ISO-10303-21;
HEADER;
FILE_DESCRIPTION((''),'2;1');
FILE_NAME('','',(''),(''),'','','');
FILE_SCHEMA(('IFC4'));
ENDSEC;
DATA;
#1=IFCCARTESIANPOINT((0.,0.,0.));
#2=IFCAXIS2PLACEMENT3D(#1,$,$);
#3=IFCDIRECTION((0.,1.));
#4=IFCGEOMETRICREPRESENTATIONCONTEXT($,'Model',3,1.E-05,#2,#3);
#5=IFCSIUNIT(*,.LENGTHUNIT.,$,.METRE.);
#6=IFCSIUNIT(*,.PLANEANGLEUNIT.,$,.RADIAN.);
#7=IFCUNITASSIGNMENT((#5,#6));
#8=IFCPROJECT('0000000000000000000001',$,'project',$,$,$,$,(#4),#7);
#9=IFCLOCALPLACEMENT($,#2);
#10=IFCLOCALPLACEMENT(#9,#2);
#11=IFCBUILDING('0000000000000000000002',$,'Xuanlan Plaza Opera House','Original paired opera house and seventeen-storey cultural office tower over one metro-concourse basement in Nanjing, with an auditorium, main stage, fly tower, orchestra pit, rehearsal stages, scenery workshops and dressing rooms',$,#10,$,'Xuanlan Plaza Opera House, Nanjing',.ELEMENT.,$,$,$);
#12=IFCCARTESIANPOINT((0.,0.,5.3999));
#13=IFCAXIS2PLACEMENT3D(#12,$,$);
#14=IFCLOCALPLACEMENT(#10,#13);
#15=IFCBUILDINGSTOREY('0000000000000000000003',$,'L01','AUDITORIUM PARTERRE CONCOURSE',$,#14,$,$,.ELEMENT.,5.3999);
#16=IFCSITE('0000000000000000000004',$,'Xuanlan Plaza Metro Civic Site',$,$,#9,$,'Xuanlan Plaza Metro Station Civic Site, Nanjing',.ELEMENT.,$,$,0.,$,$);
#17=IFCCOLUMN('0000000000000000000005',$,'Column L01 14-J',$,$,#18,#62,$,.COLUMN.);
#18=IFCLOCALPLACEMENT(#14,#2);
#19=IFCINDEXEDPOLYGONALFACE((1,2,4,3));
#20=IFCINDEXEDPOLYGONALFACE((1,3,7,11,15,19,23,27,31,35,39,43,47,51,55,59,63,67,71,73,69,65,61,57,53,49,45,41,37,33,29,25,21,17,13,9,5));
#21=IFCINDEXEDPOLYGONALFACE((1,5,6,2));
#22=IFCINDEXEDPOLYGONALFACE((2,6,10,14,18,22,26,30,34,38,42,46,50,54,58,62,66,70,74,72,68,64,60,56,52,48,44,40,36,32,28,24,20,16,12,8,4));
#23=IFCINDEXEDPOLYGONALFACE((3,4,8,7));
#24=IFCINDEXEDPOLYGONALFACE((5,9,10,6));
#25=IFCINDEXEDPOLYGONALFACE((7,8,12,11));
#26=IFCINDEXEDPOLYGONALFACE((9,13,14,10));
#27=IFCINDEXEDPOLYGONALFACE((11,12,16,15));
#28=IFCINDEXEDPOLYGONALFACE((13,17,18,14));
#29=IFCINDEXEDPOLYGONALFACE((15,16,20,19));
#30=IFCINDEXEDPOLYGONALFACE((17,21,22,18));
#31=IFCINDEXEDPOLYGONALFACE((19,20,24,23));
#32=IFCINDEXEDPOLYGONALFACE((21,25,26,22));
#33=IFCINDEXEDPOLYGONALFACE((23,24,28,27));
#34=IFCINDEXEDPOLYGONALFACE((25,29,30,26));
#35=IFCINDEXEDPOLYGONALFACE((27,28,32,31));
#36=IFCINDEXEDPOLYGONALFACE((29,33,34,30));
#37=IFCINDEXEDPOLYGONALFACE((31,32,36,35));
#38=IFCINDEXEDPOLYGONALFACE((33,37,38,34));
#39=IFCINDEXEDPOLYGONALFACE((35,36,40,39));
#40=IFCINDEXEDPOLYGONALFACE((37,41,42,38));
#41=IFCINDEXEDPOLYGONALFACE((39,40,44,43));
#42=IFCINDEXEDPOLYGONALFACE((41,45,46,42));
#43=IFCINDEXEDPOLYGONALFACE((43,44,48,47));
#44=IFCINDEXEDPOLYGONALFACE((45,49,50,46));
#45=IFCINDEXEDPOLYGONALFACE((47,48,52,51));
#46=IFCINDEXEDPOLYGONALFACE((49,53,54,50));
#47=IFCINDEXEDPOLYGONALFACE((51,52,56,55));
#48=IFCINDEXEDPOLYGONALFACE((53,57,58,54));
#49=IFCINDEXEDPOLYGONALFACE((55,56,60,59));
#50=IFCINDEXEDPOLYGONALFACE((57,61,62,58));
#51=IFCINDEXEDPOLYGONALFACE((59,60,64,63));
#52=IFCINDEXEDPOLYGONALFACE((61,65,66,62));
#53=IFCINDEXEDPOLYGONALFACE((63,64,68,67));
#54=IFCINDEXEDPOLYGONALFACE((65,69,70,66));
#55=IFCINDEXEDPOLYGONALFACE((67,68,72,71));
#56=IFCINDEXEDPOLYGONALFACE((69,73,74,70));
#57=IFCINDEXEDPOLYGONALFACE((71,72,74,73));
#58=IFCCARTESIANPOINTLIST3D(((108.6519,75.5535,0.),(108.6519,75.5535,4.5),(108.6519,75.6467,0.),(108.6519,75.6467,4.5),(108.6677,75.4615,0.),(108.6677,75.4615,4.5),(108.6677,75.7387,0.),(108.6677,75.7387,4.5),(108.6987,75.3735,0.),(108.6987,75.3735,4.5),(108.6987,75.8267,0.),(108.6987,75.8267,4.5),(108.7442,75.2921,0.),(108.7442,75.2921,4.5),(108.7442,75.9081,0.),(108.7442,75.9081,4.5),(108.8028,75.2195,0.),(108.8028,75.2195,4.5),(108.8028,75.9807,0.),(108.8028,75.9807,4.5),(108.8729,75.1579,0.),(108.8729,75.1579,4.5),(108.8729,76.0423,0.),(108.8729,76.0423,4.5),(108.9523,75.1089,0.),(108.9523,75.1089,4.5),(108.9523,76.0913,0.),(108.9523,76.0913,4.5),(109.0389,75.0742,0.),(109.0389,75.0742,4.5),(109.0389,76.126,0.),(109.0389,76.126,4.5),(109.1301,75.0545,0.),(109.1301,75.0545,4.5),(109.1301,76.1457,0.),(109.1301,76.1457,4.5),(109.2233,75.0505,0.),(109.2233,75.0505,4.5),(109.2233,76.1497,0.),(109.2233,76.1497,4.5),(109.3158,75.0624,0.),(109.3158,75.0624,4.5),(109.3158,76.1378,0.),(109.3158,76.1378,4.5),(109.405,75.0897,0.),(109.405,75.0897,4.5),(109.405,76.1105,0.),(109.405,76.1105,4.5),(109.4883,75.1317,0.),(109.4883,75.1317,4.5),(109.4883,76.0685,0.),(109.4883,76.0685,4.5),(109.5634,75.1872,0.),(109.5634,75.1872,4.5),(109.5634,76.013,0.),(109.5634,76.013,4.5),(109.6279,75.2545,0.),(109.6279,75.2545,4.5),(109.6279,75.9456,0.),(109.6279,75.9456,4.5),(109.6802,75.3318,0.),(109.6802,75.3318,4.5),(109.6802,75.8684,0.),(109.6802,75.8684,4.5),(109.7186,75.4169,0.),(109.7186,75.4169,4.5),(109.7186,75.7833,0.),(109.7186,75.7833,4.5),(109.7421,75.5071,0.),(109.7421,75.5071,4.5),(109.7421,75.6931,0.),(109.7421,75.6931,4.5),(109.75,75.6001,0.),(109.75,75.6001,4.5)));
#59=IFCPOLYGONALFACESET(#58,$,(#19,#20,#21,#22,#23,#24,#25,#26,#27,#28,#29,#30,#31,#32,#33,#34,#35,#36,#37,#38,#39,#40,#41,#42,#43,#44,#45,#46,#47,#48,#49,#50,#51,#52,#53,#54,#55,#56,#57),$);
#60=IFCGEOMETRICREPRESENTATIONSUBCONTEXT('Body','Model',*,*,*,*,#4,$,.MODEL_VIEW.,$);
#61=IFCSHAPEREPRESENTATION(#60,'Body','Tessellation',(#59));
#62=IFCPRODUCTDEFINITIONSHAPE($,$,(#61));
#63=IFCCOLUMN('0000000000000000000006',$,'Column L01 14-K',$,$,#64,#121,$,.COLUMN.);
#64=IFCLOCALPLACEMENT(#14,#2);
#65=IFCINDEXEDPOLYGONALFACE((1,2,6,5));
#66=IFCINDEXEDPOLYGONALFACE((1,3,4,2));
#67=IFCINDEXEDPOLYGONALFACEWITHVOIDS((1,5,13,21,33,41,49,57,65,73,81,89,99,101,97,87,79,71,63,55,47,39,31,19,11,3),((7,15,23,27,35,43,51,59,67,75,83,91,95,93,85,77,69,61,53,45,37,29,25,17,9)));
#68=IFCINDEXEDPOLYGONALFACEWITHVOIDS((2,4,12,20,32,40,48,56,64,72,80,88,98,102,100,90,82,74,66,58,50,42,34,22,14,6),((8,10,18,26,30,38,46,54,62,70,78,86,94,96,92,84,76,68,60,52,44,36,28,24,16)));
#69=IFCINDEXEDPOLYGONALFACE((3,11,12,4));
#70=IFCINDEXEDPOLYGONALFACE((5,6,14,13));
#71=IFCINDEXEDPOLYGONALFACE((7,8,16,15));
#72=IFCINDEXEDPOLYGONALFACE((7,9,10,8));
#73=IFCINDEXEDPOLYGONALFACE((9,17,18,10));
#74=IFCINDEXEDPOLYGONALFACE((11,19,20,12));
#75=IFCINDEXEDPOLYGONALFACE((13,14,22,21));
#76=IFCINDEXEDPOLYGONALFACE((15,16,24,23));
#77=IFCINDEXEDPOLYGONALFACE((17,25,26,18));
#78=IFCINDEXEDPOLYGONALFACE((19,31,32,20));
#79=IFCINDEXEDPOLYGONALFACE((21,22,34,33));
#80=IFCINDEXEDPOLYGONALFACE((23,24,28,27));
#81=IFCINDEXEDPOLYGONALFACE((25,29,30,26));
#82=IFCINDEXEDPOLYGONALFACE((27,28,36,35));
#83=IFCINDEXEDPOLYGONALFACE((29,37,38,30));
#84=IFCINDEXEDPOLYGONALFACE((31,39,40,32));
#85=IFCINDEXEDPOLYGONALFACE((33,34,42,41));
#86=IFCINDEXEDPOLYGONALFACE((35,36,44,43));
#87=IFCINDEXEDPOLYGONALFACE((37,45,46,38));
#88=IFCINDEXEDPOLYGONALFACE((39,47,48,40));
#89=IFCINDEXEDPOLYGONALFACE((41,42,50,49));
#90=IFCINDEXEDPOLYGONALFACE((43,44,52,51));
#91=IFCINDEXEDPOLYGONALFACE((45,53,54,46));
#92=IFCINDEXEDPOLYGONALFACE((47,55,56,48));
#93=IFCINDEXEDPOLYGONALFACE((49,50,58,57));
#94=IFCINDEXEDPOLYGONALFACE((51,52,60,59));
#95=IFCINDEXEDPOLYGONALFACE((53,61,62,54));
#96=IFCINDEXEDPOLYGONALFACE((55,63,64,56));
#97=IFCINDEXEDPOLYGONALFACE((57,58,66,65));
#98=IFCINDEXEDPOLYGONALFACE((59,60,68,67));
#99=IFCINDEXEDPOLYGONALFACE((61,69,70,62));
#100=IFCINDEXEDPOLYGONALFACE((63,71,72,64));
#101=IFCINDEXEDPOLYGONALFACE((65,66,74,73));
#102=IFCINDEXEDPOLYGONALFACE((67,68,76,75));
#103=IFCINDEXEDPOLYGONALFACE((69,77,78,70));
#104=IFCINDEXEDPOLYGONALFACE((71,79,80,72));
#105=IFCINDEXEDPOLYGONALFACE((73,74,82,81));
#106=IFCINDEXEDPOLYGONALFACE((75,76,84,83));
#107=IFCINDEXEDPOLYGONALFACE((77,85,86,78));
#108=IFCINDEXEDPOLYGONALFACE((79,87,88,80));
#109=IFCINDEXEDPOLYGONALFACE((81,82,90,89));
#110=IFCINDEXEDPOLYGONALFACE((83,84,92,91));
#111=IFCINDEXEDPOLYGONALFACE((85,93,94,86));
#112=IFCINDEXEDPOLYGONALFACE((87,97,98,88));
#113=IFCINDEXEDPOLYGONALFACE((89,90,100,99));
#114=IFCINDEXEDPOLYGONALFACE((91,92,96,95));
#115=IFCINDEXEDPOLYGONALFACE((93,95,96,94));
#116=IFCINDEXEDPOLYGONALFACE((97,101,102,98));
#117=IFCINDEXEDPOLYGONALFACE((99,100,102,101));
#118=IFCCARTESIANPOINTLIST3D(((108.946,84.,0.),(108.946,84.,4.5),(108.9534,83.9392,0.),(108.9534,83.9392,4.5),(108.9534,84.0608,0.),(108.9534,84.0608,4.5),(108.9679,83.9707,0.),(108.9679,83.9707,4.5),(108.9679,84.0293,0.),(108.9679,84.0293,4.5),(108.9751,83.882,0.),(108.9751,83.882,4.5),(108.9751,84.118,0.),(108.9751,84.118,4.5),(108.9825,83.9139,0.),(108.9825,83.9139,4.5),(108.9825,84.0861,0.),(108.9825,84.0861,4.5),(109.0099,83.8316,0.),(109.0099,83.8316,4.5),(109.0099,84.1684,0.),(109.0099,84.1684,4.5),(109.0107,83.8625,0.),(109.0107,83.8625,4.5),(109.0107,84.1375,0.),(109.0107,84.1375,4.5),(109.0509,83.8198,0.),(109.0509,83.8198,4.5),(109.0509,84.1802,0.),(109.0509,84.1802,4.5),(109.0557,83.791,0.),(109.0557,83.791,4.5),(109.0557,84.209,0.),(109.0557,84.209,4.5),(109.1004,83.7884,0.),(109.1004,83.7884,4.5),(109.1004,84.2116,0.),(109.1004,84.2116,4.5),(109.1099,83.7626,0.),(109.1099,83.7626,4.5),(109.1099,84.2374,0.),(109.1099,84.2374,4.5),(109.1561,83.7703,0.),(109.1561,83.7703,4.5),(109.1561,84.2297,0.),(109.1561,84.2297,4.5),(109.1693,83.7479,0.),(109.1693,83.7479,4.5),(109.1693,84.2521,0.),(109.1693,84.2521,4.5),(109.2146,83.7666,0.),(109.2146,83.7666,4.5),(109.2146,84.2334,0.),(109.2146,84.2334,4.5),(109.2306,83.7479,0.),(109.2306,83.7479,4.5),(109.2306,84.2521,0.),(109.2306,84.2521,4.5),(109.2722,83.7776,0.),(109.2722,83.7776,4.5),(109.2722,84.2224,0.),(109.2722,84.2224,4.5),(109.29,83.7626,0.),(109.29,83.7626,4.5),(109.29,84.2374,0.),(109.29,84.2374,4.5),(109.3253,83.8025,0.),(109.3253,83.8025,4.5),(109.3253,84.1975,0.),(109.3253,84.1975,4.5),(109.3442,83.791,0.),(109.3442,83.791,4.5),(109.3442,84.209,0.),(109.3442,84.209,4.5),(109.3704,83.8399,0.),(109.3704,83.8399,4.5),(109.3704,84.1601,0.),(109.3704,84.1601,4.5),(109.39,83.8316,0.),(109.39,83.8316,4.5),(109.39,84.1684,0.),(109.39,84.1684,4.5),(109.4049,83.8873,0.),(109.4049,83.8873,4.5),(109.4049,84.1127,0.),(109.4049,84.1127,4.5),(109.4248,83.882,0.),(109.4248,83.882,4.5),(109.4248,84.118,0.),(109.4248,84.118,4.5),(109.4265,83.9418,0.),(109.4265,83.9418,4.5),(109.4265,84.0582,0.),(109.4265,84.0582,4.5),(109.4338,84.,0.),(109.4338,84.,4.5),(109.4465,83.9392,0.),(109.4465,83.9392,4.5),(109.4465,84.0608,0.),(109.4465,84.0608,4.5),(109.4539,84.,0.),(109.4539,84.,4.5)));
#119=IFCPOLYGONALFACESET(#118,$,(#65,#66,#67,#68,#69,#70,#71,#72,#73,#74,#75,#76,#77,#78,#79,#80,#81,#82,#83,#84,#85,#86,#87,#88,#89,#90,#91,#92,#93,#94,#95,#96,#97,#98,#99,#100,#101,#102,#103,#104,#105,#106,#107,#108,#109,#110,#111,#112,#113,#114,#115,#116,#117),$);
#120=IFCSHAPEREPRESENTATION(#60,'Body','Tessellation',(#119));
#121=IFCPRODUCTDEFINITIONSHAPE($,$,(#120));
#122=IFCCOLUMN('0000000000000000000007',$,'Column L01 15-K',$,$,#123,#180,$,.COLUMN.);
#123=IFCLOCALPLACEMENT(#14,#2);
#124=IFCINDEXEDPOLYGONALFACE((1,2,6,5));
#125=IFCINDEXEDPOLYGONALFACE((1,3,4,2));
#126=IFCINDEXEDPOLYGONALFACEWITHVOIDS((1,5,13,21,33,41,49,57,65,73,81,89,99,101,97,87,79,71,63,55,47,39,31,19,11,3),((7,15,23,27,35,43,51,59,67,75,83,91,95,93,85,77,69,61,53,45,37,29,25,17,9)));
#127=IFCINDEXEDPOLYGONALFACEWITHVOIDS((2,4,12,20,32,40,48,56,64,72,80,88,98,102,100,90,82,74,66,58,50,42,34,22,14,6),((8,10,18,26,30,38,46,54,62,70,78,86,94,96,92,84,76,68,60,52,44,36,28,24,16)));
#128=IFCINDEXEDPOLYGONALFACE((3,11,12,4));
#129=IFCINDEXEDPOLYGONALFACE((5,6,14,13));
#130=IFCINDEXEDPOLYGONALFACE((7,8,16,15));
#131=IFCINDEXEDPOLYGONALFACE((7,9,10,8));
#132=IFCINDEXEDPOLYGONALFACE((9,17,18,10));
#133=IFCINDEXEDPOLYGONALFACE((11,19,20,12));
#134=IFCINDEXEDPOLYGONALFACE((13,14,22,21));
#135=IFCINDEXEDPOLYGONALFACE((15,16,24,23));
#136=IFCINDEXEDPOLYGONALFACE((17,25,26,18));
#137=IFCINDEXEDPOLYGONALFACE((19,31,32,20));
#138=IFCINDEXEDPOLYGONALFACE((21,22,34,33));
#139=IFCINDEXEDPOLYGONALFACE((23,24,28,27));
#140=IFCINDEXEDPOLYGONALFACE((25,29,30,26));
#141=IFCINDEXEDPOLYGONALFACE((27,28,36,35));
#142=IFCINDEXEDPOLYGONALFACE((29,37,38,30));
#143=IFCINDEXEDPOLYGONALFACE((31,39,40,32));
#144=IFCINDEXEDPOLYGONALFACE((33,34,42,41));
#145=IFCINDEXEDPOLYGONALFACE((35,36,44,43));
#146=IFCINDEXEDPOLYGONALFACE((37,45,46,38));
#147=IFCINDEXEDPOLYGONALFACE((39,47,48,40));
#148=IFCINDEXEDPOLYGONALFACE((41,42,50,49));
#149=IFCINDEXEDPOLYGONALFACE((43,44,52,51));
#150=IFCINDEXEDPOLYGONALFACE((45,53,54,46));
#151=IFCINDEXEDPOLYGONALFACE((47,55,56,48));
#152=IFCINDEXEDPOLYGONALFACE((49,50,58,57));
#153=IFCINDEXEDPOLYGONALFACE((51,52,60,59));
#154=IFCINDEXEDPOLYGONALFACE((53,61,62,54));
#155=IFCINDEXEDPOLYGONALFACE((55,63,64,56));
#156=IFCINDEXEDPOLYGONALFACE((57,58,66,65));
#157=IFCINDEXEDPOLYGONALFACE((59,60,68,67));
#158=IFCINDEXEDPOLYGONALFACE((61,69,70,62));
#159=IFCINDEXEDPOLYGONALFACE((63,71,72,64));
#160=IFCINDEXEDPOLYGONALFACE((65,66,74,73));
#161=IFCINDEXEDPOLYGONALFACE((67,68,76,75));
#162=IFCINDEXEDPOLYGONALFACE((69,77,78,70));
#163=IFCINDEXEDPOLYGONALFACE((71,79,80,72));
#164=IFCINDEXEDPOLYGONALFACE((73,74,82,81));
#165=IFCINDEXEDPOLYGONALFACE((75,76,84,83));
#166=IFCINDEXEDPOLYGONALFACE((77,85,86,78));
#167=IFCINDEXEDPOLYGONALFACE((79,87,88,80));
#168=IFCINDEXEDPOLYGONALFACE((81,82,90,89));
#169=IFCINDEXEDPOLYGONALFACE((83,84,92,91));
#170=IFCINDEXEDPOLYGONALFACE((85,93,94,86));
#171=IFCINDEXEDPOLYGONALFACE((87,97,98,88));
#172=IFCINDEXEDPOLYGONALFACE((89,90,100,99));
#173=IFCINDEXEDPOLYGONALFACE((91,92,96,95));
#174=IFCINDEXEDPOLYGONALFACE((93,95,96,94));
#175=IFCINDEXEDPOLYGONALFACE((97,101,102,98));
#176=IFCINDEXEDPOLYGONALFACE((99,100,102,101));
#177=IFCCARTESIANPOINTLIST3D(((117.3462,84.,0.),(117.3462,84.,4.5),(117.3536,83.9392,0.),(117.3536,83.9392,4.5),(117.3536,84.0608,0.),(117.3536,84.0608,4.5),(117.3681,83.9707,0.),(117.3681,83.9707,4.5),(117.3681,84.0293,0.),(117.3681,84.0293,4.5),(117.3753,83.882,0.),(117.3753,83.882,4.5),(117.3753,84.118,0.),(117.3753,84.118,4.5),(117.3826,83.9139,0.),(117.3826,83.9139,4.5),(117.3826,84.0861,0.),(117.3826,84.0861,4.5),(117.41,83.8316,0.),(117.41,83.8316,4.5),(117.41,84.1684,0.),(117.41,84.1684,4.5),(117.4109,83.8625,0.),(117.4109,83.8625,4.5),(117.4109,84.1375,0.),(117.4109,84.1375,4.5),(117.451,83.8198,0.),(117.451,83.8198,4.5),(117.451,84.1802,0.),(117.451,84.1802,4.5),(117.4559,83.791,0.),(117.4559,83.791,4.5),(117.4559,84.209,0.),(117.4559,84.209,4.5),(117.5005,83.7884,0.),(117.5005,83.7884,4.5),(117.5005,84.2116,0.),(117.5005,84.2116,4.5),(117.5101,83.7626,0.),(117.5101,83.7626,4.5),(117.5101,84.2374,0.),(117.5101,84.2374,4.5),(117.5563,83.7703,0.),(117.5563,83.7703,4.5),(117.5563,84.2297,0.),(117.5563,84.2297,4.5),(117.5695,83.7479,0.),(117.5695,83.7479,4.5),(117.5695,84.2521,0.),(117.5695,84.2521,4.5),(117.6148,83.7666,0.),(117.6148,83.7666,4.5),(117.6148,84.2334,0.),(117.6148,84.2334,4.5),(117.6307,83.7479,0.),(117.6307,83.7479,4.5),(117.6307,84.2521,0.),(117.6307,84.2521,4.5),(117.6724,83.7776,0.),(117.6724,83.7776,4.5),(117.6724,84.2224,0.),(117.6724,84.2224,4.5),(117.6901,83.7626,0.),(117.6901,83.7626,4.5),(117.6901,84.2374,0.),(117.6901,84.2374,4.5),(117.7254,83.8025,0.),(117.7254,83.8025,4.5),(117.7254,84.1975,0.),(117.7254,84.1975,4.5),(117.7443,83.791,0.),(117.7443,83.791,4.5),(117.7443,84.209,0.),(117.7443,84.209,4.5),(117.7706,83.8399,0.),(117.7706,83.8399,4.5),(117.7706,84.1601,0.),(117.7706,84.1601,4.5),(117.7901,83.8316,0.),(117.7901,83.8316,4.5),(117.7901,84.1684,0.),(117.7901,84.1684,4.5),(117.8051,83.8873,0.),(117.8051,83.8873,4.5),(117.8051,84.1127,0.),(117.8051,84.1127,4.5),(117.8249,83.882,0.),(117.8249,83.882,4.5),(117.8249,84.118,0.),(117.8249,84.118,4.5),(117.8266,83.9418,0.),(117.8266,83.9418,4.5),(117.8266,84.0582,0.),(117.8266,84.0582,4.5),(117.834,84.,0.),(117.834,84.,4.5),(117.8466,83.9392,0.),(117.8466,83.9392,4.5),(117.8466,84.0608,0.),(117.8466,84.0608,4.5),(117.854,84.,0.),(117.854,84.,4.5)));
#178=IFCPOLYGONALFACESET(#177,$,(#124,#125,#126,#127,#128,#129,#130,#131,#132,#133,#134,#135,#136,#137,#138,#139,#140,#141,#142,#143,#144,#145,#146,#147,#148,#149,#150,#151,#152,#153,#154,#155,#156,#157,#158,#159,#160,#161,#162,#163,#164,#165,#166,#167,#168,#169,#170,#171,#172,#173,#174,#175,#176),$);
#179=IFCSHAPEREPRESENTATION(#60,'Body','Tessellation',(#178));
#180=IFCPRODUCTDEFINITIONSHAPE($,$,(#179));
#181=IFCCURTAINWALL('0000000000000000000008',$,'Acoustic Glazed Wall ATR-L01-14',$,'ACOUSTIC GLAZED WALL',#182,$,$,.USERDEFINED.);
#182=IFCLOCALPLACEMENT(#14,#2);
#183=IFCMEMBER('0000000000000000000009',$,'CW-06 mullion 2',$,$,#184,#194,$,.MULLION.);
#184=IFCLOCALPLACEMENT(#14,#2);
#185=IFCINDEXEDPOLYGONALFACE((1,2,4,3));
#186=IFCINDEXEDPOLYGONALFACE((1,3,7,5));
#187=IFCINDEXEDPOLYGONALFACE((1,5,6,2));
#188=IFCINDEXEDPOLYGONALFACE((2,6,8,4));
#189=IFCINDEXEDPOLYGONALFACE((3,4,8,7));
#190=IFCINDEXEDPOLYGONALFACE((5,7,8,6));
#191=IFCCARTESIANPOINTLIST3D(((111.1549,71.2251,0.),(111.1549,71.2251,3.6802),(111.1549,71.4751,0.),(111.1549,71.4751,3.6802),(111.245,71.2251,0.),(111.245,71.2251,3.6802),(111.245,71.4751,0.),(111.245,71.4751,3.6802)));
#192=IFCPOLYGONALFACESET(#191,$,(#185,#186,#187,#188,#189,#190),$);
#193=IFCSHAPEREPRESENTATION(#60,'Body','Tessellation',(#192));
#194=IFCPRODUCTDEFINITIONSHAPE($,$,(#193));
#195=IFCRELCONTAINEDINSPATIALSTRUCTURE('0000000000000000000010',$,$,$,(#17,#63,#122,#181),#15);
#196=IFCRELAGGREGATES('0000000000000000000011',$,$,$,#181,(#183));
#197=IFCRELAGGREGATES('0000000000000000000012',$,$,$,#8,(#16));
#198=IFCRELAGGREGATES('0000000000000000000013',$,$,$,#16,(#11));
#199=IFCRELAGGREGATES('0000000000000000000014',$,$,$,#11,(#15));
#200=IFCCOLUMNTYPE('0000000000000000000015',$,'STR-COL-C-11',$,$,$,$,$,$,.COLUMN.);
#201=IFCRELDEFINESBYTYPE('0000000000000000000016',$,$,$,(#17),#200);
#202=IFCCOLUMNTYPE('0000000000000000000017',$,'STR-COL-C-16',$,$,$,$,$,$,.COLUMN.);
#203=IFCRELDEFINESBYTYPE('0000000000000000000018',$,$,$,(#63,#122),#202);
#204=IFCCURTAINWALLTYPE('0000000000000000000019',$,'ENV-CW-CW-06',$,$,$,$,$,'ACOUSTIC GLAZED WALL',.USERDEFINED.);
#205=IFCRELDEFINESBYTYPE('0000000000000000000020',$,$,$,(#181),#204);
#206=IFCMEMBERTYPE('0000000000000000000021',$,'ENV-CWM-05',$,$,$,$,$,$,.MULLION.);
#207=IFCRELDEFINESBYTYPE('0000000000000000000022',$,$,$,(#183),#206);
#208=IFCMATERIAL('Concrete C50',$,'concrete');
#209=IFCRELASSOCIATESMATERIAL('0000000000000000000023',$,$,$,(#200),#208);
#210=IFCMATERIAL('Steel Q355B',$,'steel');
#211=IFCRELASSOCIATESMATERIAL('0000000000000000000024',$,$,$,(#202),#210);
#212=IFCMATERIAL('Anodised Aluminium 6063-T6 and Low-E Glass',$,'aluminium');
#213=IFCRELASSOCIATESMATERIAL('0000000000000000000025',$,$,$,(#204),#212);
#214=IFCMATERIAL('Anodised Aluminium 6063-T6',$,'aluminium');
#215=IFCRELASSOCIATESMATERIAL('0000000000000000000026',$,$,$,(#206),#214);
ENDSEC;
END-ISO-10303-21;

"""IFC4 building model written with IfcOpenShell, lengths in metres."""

from ifc_helpers import new_model, si_unit, direction, frame, origin, origin_2d, place, context, subcontext, project, spatial, rectangle, circle, hollow_circle, extrude, material, material_profile, profile_set, type_object, element, aggregate, save


model = new_model("IFC4")

# Units and contexts
model_context = context("Model", 3, precision=1e-05, world=origin(), true_north=direction((0.0, 1.0)))
body_context = subcontext(model_context, "Body", "Model", "MODEL_VIEW")
ifc_project = project(units=[si_unit("LENGTHUNIT", "METRE"), si_unit("PLANEANGLEUNIT", "RADIAN")], contexts=[model_context])

# Site, building, storey
site_placement = place(None, origin())
site = spatial("IfcSite", under=ifc_project, at=site_placement, Name="Xuanlan Plaza Metro Civic Site", LongName="Xuanlan Plaza Metro Station Civic Site, Nanjing", CompositionType="ELEMENT", RefElevation=0.0)
building_placement = place(site_placement, origin())
building = spatial("IfcBuilding", under=site, at=building_placement, Name="Xuanlan Plaza Opera House", Description="Original paired opera house and seventeen-storey cultural office tower over one metro-concourse basement in Nanjing, with an auditorium, main stage, fly tower, orchestra pit, rehearsal stages, scenery workshops and dressing rooms", LongName="Xuanlan Plaza Opera House, Nanjing", CompositionType="ELEMENT")
storey_placement = place(building_placement, frame((0.0, 0.0, 5.3999)))
storey = spatial("IfcBuildingStorey", under=building, at=storey_placement, Name="L01", Description="AUDITORIUM PARTERRE CONCOURSE", CompositionType="ELEMENT", Elevation=5.3999)

# Columns
ifc_material_1 = material(Name="Concrete C50", Category="concrete")
ifc_material_profile_1 = material_profile(ifc_material_1, circle(Radius=0.55, at=origin_2d()), Name="RC-COL D1100")
ifc_profile_set_1 = profile_set([ifc_material_profile_1], Name="Concrete C50")
column_type_1 = type_object("IfcColumnType", Name="STR-COL-C-11", PredefinedType="COLUMN", material=ifc_profile_set_1)
column_placement = place(storey_placement, frame((109.2, 75.6001, 0.0), z_axis=(0.0, 0.0, 1.0), x_axis=(1.0, 0.0, 0.0)))
element("IfcColumn", 1, at=column_placement, inside=storey, type_object=column_type_1, Name="Column L01 14-J", PredefinedType="COLUMN", context=body_context, shape_type="SweptSolid", body=[
    extrude(circle(Radius=0.55, at=origin_2d()), origin(), (0.0, 0.0, 1.0), 4.5),
])
ifc_material_2 = material(Name="Steel Q355B", Category="steel")
ifc_material_profile_2 = material_profile(ifc_material_2, hollow_circle(Radius=0.2539, WallThickness=0.02, at=origin_2d()), Name="CHS 508x20")
ifc_profile_set_2 = profile_set([ifc_material_profile_2], Name="Steel Q355B")
column_type_2 = type_object("IfcColumnType", Name="STR-COL-C-16", PredefinedType="COLUMN", material=ifc_profile_set_2)
for number, where, z_axis, x_axis, name in (
    (2, (109.2, 84.0, 0.0), (0.0, 0.0, 1.0), (1.0, 0.0, 0.0), "Column L01 14-K"),
    (3, (117.6001, 84.0, 0.0), (0.0, 0.0, 1.0), (1.0, 0.0, 0.0), "Column L01 15-K"),
):
    element("IfcColumn", number, at=place(storey_placement, frame(where, z_axis=z_axis, x_axis=x_axis)), inside=storey, type_object=column_type_2, Name=name, PredefinedType="COLUMN", context=body_context, shape_type="SweptSolid", body=[
        extrude(hollow_circle(Radius=0.2539, WallThickness=0.02, at=origin_2d()), origin(), (0.0, 0.0, 1.0), 4.5),
    ])

# Curtain wall, member
ifc_material_3 = material(Name="Anodised Aluminium 6063-T6 and Low-E Glass", Category="aluminium")
curtain_wall_type = type_object("IfcCurtainWallType", Name="ENV-CW-CW-06", ElementType="ACOUSTIC GLAZED WALL", PredefinedType="USERDEFINED", material=ifc_material_3)
curtain_wall_placement = place(storey_placement, origin())
curtain_wall = element("IfcCurtainWall", 4, at=curtain_wall_placement, inside=storey, type_object=curtain_wall_type, Name="Acoustic Glazed Wall ATR-L01-14", ObjectType="ACOUSTIC GLAZED WALL", PredefinedType="USERDEFINED")
ifc_material_4 = material(Name="Anodised Aluminium 6063-T6", Category="aluminium")
ifc_material_profile_3 = material_profile(ifc_material_4, rectangle(XDim=0.0901, YDim=0.25, at=origin_2d()), Name="ALU-M 90x250")
ifc_profile_set_3 = profile_set([ifc_material_profile_3], Name="Anodised Aluminium 6063-T6")
member_type_1 = type_object("IfcMemberType", Name="ENV-CWM-05", PredefinedType="MULLION", material=ifc_profile_set_3)
member_1_placement = place(storey_placement, frame((111.2, 71.3501, 0.0), z_axis=(0.0, 0.0, 1.0), x_axis=(-1.0, 0.0, 0.0)))
member_1 = element("IfcMember", 5, at=member_1_placement, type_object=member_type_1, Name="CW-06 mullion 2", PredefinedType="MULLION", context=body_context, shape_type="SweptSolid", body=[
    extrude(rectangle(XDim=0.0901, YDim=0.25, at=origin_2d()), origin(), (0.0, 0.0, 1.0), 3.6802),
])

aggregate(curtain_wall, [member_1])

save(model, "model.ifc")
